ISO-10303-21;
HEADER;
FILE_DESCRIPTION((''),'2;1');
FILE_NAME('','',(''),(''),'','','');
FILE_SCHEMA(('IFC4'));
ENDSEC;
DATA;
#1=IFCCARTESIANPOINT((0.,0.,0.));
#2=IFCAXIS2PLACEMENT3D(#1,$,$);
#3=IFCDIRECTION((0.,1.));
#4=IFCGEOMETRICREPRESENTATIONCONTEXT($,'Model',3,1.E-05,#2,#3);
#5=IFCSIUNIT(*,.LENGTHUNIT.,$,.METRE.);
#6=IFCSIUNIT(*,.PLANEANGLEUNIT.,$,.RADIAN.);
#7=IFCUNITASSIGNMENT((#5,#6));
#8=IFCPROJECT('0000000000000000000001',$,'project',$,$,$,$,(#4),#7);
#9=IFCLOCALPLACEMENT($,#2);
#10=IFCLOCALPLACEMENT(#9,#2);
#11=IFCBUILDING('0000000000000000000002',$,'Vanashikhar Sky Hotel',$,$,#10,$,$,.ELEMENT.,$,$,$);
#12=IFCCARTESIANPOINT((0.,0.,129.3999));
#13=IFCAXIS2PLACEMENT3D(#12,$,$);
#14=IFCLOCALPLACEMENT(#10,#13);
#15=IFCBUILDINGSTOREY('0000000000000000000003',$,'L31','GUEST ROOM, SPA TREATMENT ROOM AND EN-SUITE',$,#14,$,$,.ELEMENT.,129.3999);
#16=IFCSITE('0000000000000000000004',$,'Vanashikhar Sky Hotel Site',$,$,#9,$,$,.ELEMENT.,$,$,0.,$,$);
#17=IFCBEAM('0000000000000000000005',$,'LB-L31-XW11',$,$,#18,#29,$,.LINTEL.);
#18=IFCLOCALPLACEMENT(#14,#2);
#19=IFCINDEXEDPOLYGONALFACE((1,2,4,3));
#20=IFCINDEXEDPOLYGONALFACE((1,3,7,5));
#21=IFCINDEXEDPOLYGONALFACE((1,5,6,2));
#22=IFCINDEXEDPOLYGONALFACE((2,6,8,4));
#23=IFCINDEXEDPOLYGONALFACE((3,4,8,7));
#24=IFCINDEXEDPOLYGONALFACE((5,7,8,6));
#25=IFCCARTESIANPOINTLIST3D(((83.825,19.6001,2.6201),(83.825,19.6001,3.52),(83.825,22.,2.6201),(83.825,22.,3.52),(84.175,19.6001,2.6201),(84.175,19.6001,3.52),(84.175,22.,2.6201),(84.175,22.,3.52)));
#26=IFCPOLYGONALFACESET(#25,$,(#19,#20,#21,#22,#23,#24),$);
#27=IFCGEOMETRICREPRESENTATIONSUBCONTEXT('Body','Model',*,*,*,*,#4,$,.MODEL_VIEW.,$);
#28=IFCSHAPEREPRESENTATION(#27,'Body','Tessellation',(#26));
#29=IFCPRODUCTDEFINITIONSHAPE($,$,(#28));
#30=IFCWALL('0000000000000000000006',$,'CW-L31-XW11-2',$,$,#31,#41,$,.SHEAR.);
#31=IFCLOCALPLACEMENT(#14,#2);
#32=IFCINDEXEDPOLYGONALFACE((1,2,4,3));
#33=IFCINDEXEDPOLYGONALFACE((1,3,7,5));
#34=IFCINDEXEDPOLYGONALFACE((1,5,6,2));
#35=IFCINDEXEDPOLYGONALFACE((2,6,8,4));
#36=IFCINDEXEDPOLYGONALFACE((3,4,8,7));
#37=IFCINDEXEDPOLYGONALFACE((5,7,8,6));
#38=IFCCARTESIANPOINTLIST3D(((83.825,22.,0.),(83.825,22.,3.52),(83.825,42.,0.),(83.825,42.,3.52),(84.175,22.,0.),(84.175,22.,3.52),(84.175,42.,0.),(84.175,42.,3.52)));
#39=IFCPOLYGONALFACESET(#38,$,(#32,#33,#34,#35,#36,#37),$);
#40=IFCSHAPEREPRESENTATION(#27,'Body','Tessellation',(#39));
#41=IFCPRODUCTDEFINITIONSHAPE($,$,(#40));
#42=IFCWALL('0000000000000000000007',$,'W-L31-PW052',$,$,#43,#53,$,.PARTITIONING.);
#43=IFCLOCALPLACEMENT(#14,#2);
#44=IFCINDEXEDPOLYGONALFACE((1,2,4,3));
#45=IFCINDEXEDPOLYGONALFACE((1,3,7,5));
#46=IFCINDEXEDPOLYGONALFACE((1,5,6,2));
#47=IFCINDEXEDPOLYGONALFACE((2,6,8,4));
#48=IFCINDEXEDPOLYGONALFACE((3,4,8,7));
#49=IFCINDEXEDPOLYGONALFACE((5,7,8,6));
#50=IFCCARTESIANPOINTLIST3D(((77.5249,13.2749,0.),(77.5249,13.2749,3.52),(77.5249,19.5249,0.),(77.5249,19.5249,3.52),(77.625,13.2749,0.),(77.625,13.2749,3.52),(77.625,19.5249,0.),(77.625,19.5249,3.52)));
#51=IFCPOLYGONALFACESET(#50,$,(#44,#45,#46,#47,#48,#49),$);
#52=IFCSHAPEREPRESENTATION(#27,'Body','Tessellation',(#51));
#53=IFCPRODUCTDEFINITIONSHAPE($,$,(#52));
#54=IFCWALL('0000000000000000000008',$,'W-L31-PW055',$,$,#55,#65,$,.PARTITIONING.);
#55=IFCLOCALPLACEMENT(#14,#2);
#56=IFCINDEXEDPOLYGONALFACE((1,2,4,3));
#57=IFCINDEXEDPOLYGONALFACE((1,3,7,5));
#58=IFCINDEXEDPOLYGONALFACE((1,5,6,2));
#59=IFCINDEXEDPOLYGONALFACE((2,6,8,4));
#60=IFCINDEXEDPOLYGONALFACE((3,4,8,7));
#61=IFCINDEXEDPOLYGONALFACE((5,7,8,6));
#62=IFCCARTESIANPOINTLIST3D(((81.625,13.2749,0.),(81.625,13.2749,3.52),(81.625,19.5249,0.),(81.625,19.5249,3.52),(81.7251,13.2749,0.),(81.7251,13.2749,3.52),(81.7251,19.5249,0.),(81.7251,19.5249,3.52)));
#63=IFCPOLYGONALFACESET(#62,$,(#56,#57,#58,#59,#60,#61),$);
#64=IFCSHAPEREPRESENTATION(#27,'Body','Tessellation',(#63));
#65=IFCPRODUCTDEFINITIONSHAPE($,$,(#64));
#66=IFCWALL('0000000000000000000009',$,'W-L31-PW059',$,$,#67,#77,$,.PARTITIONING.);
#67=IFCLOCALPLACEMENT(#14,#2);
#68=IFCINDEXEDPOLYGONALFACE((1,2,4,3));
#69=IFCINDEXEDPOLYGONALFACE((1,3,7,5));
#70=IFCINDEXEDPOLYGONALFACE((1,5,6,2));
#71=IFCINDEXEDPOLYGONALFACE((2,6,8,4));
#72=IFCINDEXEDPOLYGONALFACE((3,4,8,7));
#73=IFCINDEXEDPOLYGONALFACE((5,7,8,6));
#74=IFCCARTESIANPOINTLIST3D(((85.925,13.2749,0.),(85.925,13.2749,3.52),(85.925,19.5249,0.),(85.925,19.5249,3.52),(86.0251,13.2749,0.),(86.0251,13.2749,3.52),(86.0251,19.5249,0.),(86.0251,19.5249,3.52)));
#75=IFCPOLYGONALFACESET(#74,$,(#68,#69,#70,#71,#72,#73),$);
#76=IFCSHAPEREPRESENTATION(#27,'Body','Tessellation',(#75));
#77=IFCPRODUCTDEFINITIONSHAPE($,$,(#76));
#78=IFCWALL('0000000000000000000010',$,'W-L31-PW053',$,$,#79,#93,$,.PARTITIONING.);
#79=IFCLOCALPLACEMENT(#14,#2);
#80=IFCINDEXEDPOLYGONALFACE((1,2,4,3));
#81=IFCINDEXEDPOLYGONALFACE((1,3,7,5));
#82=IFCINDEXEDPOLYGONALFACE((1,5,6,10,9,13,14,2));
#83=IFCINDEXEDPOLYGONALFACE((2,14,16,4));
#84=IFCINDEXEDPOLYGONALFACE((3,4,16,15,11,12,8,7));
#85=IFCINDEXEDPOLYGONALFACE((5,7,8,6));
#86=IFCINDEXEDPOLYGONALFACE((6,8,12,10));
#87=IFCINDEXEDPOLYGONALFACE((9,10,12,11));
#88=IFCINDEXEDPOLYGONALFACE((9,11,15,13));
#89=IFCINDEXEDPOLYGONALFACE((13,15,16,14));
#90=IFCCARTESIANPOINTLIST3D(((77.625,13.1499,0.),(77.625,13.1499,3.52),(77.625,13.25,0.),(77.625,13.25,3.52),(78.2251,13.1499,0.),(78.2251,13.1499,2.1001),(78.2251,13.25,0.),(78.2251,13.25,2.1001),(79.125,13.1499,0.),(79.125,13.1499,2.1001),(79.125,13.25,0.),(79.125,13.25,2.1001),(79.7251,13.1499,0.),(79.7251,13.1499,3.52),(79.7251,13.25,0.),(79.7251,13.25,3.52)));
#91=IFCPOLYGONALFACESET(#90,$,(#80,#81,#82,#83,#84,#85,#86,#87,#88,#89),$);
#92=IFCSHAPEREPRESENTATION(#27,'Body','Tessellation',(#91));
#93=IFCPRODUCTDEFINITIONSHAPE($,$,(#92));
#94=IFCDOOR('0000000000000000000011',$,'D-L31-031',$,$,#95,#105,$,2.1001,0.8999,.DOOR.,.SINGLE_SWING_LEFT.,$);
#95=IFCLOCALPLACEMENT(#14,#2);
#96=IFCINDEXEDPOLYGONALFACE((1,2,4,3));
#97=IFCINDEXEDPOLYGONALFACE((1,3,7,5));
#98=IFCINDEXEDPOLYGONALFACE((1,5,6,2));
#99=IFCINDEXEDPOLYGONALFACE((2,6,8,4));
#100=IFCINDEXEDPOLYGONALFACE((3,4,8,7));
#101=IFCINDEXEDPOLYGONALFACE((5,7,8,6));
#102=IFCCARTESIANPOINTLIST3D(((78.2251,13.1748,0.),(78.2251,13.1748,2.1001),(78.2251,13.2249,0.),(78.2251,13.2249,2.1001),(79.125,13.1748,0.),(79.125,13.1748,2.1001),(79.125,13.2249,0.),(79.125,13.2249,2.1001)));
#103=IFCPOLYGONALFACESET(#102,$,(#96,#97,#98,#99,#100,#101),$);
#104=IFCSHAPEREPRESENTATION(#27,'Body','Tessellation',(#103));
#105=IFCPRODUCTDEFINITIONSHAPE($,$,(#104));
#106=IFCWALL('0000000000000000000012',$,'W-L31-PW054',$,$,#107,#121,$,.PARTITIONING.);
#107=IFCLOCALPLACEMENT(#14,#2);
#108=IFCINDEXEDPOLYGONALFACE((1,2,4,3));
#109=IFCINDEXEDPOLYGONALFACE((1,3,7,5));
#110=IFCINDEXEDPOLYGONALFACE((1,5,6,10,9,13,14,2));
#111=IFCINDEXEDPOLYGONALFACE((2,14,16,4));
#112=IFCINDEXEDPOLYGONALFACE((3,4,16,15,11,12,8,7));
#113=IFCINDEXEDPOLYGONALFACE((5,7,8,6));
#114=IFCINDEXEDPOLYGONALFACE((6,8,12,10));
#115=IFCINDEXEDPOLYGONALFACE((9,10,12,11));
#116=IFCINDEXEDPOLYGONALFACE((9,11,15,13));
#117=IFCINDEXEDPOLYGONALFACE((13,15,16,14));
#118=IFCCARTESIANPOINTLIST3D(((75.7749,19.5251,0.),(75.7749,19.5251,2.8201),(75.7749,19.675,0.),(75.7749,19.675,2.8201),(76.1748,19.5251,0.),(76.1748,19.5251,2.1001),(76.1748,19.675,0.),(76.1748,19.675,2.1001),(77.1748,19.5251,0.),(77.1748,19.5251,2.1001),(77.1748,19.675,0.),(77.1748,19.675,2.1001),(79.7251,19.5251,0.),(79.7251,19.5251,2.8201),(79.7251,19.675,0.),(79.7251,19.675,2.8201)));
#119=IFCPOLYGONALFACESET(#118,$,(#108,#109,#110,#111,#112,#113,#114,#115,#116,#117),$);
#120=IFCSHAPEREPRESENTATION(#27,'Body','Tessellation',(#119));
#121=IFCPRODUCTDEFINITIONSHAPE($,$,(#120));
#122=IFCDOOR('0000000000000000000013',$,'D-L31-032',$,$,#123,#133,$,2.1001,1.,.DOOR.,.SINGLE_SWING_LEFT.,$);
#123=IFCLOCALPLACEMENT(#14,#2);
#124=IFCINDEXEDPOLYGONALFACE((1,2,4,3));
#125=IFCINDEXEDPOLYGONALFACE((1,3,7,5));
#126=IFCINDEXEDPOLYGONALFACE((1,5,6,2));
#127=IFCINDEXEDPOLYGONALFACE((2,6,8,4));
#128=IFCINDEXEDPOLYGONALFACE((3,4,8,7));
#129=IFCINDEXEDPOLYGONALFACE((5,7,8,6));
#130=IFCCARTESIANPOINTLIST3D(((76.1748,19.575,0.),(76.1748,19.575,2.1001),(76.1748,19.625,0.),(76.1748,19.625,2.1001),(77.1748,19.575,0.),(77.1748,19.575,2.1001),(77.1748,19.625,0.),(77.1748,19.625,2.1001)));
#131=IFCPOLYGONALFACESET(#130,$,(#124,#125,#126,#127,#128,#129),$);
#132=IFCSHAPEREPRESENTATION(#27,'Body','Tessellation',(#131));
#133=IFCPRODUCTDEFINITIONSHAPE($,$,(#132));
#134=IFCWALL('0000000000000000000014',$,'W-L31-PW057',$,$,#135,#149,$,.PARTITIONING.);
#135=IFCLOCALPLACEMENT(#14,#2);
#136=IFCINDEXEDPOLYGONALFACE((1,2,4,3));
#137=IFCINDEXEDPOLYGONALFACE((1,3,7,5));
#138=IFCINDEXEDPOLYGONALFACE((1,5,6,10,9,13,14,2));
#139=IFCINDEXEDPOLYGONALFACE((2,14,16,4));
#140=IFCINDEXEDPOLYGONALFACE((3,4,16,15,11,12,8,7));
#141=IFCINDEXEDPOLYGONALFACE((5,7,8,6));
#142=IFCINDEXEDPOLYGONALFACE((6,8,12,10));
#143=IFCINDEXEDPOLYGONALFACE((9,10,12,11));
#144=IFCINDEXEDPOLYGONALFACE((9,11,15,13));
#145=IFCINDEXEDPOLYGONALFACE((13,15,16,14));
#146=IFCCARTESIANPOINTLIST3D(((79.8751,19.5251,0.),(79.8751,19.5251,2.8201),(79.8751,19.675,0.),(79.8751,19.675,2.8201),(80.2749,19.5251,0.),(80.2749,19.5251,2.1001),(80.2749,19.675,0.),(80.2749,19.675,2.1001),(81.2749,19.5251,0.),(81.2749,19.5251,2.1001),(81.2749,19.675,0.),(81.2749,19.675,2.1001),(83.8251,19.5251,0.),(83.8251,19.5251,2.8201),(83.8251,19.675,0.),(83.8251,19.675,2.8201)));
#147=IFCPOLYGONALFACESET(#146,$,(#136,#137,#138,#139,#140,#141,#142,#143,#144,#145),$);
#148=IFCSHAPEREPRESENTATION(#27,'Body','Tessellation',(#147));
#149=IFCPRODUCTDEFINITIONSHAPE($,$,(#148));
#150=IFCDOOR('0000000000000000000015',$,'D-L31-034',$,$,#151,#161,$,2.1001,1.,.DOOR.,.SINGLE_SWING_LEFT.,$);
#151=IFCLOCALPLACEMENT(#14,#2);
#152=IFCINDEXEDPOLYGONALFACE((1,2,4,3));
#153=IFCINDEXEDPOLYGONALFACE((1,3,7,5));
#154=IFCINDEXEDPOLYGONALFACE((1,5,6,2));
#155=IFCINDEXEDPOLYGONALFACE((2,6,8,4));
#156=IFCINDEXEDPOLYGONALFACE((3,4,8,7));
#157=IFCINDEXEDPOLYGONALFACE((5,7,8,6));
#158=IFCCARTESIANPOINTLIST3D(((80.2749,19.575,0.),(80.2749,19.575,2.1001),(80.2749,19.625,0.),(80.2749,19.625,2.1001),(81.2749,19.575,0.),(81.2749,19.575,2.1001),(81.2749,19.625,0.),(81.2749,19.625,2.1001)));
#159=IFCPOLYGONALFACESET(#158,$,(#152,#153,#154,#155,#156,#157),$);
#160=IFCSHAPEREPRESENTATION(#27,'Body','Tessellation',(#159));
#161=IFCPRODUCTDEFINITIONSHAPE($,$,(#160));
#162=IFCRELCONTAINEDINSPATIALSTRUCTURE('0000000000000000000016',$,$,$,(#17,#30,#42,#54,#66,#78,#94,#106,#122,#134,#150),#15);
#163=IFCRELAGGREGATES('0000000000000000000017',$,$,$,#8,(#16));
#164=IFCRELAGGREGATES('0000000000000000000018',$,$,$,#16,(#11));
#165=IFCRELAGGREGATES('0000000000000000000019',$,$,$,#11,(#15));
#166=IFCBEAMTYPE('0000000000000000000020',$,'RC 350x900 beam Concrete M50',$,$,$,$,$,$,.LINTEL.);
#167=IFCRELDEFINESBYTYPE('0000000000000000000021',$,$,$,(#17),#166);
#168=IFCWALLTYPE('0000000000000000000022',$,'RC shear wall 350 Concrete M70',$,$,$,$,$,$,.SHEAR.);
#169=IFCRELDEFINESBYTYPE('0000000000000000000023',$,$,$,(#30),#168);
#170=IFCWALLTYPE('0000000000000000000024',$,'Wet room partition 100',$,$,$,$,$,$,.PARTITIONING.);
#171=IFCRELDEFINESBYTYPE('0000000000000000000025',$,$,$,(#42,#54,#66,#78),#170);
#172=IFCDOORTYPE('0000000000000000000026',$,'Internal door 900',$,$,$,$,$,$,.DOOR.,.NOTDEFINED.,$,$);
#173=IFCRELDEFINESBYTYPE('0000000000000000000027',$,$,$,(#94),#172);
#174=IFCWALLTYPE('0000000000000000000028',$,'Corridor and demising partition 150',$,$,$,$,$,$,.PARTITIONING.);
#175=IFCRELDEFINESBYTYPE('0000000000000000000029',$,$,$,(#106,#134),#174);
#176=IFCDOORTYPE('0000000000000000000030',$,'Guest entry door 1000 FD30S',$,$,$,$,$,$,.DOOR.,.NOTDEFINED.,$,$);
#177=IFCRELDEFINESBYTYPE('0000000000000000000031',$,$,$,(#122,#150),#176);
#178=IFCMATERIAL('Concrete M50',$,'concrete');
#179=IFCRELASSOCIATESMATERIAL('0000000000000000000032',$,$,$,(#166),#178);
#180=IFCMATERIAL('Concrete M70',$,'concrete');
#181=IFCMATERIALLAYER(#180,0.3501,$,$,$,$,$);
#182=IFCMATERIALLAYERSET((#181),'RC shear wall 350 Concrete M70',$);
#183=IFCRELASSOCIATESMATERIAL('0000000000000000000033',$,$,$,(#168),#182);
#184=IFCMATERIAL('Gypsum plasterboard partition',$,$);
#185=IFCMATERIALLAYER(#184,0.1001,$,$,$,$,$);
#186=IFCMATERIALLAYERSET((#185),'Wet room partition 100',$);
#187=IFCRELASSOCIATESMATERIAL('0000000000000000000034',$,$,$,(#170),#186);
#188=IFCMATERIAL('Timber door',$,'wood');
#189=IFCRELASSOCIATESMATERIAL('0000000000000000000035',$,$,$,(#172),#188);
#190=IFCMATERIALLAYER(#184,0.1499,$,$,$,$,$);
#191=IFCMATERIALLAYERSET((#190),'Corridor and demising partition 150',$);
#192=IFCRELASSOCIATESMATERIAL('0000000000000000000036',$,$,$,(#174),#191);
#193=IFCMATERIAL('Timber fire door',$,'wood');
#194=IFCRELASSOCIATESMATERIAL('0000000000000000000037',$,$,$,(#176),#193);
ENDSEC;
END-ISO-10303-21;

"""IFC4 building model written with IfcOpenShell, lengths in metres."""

from ifc_helpers import new_model, si_unit, direction, frame, frame_2d, origin, origin_2d, place, context, subcontext, project, spatial, rectangle, extrude, source, transform, mapped, material, layer, layer_set, material_profile, profile_set, type_object, element, fill, save


model = new_model("IFC4")

# Units and contexts
model_context = context("Model", 3, precision=1e-05, world=origin(), true_north=direction((0.0, 1.0)))
body_context = subcontext(model_context, "Body", "Model", "MODEL_VIEW")
ifc_project = project(units=[si_unit("LENGTHUNIT", "METRE"), si_unit("PLANEANGLEUNIT", "RADIAN")], contexts=[model_context])

# Site, building, storey
site_placement = place(None, origin())
site = spatial("IfcSite", under=ifc_project, at=site_placement, Name="Vanashikhar Sky Hotel Site", CompositionType="ELEMENT", RefElevation=0.0)
building_placement = place(site_placement, origin())
building = spatial("IfcBuilding", under=site, at=building_placement, Name="Vanashikhar Sky Hotel", CompositionType="ELEMENT")
storey_placement = place(building_placement, frame((0.0, 0.0, 129.3999)))
storey = spatial("IfcBuildingStorey", under=building, at=storey_placement, Name="L31", Description="GUEST ROOM, SPA TREATMENT ROOM AND EN-SUITE", CompositionType="ELEMENT", Elevation=129.3999)

# Beam
ifc_material_1 = material(Name="Concrete M50", Category="concrete")
ifc_material_profile = material_profile(ifc_material_1, rectangle(XDim=0.3501, YDim=0.8999, at=origin_2d()))
ifc_profile_set = profile_set([ifc_material_profile], Name="RC 350x900 beam Concrete M50")
beam_type = type_object("IfcBeamType", Name="RC 350x900 beam Concrete M50", PredefinedType="LINTEL", material=ifc_profile_set)
shared_shape_1 = source(origin(), body_context, "Body", "SweptSolid", [
    extrude(rectangle(XDim=0.3501, YDim=0.8999, at=origin_2d()), origin(), (0.0, 0.0, 1.0), 2.3999),
])
beam_placement = place(storey_placement, frame((84.0, 19.6001, 3.0701), z_axis=(0.0, 1.0, 0.0), x_axis=(-1.0, 0.0, 0.0)))
element("IfcBeam", 1, at=beam_placement, inside=storey, type_object=beam_type, Name="LB-L31-XW11", PredefinedType="LINTEL", context=body_context, shape_type="MappedRepresentation", body=[
    mapped(shared_shape_1, transform((0.0, 0.0, 0.0), scale=1.0)),
])

# Walls
ifc_material_2 = material(Name="Concrete M70", Category="concrete")
ifc_layer_1 = layer(ifc_material_2, 0.3501)
ifc_layer_set_1 = layer_set([ifc_layer_1], Name="RC shear wall 350 Concrete M70")
wall_type_1 = type_object("IfcWallType", Name="RC shear wall 350 Concrete M70", PredefinedType="SHEAR", material=ifc_layer_set_1)
shared_shape_2 = source(origin(), body_context, "Body", "SweptSolid", [
    extrude(rectangle(XDim=20.0, YDim=0.3501, at=frame_2d((10.0, 0.0))), origin(), (0.0, 0.0, 1.0), 3.52),
])
wall_1_placement = place(storey_placement, frame((84.0, 22.0, 0.0), z_axis=(0.0, 0.0, 1.0), x_axis=(0.0, 1.0, 0.0)))
element("IfcWall", 2, at=wall_1_placement, inside=storey, type_object=wall_type_1, Name="CW-L31-XW11-2", PredefinedType="SHEAR", context=body_context, shape_type="MappedRepresentation", body=[
    mapped(shared_shape_2, transform((0.0, 0.0, 0.0), scale=1.0)),
])
ifc_material_3 = material(Name="Gypsum plasterboard partition")
ifc_layer_2 = layer(ifc_material_3, 0.1001)
ifc_layer_set_2 = layer_set([ifc_layer_2], Name="Wet room partition 100")
wall_type_2 = type_object("IfcWallType", Name="Wet room partition 100", PredefinedType="PARTITIONING", material=ifc_layer_set_2)
shared_shape_3 = source(origin(), body_context, "Body", "SweptSolid", [
    extrude(rectangle(XDim=6.25, YDim=0.1001, at=frame_2d((3.125, 0.0))), origin(), (0.0, 0.0, 1.0), 3.52),
])
for number, where, z_axis, x_axis, name in (
    (3, (77.575, 13.2749, 0.0), (0.0, 0.0, 1.0), (0.0, 1.0, 0.0), "W-L31-PW052"),
    (4, (81.675, 13.2749, 0.0), (0.0, 0.0, 1.0), (0.0, 1.0, 0.0), "W-L31-PW055"),
    (5, (85.9751, 13.2749, 0.0), (0.0, 0.0, 1.0), (0.0, 1.0, 0.0), "W-L31-PW059"),
):
    element("IfcWall", number, at=place(storey_placement, frame(where, z_axis=z_axis, x_axis=x_axis)), inside=storey, type_object=wall_type_2, Name=name, PredefinedType="PARTITIONING", context=body_context, shape_type="MappedRepresentation", body=[
        mapped(shared_shape_3, transform((0.0, 0.0, 0.0), scale=1.0)),
    ])

# Walls, openings, doors
shared_shape_4 = source(origin(), body_context, "Body", "SweptSolid", [
    extrude(rectangle(XDim=2.1001, YDim=0.1001, at=frame_2d((1.05, 0.0))), origin(), (0.0, 0.0, 1.0), 3.52),
])
wall_2_placement = place(storey_placement, frame((77.625, 13.2, 0.0), z_axis=(0.0, 0.0, 1.0), x_axis=(1.0, 0.0, 0.0)))
wall_2 = element("IfcWall", 6, at=wall_2_placement, inside=storey, type_object=wall_type_2, Name="W-L31-PW053", PredefinedType="PARTITIONING", context=body_context, shape_type="MappedRepresentation", body=[
    mapped(shared_shape_4, transform((0.0, 0.0, 0.0), scale=1.0)),
])
shared_shape_5 = source(origin(), body_context, "Body", "SweptSolid", [
    extrude(rectangle(XDim=0.8999, YDim=2.1001, at=frame_2d((0.45, 1.05))), frame((0.0, 0.0601, 0.0), z_axis=(0.0, -1.0, 0.0), x_axis=(1.0, 0.0, 0.0)), (0.0, 0.0, 1.0), 0.1201),
])
opening_1_placement = place(wall_2_placement, frame((0.6001, 0.0, 0.0)))
opening_1 = element("IfcOpeningElement", 7, at=opening_1_placement, cuts=wall_2, PredefinedType="OPENING", context=body_context, shape_type="MappedRepresentation", body=[
    mapped(shared_shape_5, transform((0.0, 0.0, 0.0), scale=1.0)),
])
ifc_material_4 = material(Name="Timber door", Category="wood")
door_type_1 = type_object("IfcDoorType", Name="Internal door 900", OperationType="NOTDEFINED", PredefinedType="DOOR", material=ifc_material_4)
shared_shape_6 = source(origin(), body_context, "Body", "SweptSolid", [
    extrude(rectangle(XDim=0.8999, YDim=2.1001, at=frame_2d((0.45, 1.05))), frame((0.0, 0.0249, 0.0), z_axis=(0.0, -1.0, 0.0), x_axis=(1.0, 0.0, 0.0)), (0.0, 0.0, 1.0), 0.05),
])
door_1_placement = place(opening_1_placement, origin())
door_1 = element("IfcDoor", 8, at=door_1_placement, inside=storey, type_object=door_type_1, Name="D-L31-031", OperationType="SINGLE_SWING_LEFT", OverallHeight=2.1001, OverallWidth=0.8999, PredefinedType="DOOR", context=body_context, shape_type="MappedRepresentation", body=[
    mapped(shared_shape_6, transform((0.0, 0.0, 0.0), scale=1.0)),
])
fill(opening_1, door_1)
ifc_layer_3 = layer(ifc_material_3, 0.1499)
ifc_layer_set_3 = layer_set([ifc_layer_3], Name="Corridor and demising partition 150")
wall_type_3 = type_object("IfcWallType", Name="Corridor and demising partition 150", PredefinedType="PARTITIONING", material=ifc_layer_set_3)
shared_shape_7 = source(origin(), body_context, "Body", "SweptSolid", [
    extrude(rectangle(XDim=3.9502, YDim=0.1499, at=frame_2d((1.9751, 0.0))), origin(), (0.0, 0.0, 1.0), 2.8201),
])
wall_3_placement = place(storey_placement, frame((75.7749, 19.6001, 0.0), z_axis=(0.0, 0.0, 1.0), x_axis=(1.0, 0.0, 0.0)))
wall_3 = element("IfcWall", 9, at=wall_3_placement, inside=storey, type_object=wall_type_3, Name="W-L31-PW054", PredefinedType="PARTITIONING", context=body_context, shape_type="MappedRepresentation", body=[
    mapped(shared_shape_7, transform((0.0, 0.0, 0.0), scale=1.0)),
])
shared_shape_8 = source(origin(), body_context, "Body", "SweptSolid", [
    extrude(rectangle(XDim=1.0, YDim=2.1001, at=frame_2d((0.5, 1.05))), frame((0.0, 0.085, 0.0), z_axis=(0.0, -1.0, 0.0), x_axis=(1.0, 0.0, 0.0)), (0.0, 0.0, 1.0), 0.1699),
])
opening_2_placement = place(wall_3_placement, frame((0.3999, 0.0, 0.0)))
opening_2 = element("IfcOpeningElement", 10, at=opening_2_placement, cuts=wall_3, PredefinedType="OPENING", context=body_context, shape_type="MappedRepresentation", body=[
    mapped(shared_shape_8, transform((0.0, 0.0, 0.0), scale=1.0)),
])
ifc_material_5 = material(Name="Timber fire door", Category="wood")
door_type_2 = type_object("IfcDoorType", Name="Guest entry door 1000 FD30S", OperationType="NOTDEFINED", PredefinedType="DOOR", material=ifc_material_5)
shared_shape_9 = source(origin(), body_context, "Body", "SweptSolid", [
    extrude(rectangle(XDim=1.0, YDim=2.1001, at=frame_2d((0.5, 1.05))), frame((0.0, 0.0249, 0.0), z_axis=(0.0, -1.0, 0.0), x_axis=(1.0, 0.0, 0.0)), (0.0, 0.0, 1.0), 0.05),
])
door_2_placement = place(opening_2_placement, origin())
door_2 = element("IfcDoor", 11, at=door_2_placement, inside=storey, type_object=door_type_2, Name="D-L31-032", OperationType="SINGLE_SWING_LEFT", OverallHeight=2.1001, OverallWidth=1.0, PredefinedType="DOOR", context=body_context, shape_type="MappedRepresentation", body=[
    mapped(shared_shape_9, transform((0.0, 0.0, 0.0), scale=1.0)),
])
fill(opening_2, door_2)
shared_shape_10 = source(origin(), body_context, "Body", "SweptSolid", [
    extrude(rectangle(XDim=3.95, YDim=0.1499, at=frame_2d((1.9751, 0.0))), origin(), (0.0, 0.0, 1.0), 2.8201),
])
wall_4_placement = place(storey_placement, frame((79.875, 19.6001, 0.0), z_axis=(0.0, 0.0, 1.0), x_axis=(1.0, 0.0, 0.0)))
wall_4 = element("IfcWall", 12, at=wall_4_placement, inside=storey, type_object=wall_type_3, Name="W-L31-PW057", PredefinedType="PARTITIONING", context=body_context, shape_type="MappedRepresentation", body=[
    mapped(shared_shape_10, transform((0.0, 0.0, 0.0), scale=1.0)),
])
opening_3_placement = place(wall_4_placement, frame((0.3999, 0.0, 0.0)))
opening_3 = element("IfcOpeningElement", 13, at=opening_3_placement, cuts=wall_4, PredefinedType="OPENING", context=body_context, shape_type="MappedRepresentation", body=[
    mapped(shared_shape_8, transform((0.0, 0.0, 0.0), scale=1.0)),
])
door_3_placement = place(opening_3_placement, origin())
door_3 = element("IfcDoor", 14, at=door_3_placement, inside=storey, type_object=door_type_2, Name="D-L31-034", OperationType="SINGLE_SWING_LEFT", OverallHeight=2.1001, OverallWidth=1.0, PredefinedType="DOOR", context=body_context, shape_type="MappedRepresentation", body=[
    mapped(shared_shape_9, transform((0.0, 0.0, 0.0), scale=1.0)),
])
fill(opening_3, door_3)

save(model, "model.ifc")
